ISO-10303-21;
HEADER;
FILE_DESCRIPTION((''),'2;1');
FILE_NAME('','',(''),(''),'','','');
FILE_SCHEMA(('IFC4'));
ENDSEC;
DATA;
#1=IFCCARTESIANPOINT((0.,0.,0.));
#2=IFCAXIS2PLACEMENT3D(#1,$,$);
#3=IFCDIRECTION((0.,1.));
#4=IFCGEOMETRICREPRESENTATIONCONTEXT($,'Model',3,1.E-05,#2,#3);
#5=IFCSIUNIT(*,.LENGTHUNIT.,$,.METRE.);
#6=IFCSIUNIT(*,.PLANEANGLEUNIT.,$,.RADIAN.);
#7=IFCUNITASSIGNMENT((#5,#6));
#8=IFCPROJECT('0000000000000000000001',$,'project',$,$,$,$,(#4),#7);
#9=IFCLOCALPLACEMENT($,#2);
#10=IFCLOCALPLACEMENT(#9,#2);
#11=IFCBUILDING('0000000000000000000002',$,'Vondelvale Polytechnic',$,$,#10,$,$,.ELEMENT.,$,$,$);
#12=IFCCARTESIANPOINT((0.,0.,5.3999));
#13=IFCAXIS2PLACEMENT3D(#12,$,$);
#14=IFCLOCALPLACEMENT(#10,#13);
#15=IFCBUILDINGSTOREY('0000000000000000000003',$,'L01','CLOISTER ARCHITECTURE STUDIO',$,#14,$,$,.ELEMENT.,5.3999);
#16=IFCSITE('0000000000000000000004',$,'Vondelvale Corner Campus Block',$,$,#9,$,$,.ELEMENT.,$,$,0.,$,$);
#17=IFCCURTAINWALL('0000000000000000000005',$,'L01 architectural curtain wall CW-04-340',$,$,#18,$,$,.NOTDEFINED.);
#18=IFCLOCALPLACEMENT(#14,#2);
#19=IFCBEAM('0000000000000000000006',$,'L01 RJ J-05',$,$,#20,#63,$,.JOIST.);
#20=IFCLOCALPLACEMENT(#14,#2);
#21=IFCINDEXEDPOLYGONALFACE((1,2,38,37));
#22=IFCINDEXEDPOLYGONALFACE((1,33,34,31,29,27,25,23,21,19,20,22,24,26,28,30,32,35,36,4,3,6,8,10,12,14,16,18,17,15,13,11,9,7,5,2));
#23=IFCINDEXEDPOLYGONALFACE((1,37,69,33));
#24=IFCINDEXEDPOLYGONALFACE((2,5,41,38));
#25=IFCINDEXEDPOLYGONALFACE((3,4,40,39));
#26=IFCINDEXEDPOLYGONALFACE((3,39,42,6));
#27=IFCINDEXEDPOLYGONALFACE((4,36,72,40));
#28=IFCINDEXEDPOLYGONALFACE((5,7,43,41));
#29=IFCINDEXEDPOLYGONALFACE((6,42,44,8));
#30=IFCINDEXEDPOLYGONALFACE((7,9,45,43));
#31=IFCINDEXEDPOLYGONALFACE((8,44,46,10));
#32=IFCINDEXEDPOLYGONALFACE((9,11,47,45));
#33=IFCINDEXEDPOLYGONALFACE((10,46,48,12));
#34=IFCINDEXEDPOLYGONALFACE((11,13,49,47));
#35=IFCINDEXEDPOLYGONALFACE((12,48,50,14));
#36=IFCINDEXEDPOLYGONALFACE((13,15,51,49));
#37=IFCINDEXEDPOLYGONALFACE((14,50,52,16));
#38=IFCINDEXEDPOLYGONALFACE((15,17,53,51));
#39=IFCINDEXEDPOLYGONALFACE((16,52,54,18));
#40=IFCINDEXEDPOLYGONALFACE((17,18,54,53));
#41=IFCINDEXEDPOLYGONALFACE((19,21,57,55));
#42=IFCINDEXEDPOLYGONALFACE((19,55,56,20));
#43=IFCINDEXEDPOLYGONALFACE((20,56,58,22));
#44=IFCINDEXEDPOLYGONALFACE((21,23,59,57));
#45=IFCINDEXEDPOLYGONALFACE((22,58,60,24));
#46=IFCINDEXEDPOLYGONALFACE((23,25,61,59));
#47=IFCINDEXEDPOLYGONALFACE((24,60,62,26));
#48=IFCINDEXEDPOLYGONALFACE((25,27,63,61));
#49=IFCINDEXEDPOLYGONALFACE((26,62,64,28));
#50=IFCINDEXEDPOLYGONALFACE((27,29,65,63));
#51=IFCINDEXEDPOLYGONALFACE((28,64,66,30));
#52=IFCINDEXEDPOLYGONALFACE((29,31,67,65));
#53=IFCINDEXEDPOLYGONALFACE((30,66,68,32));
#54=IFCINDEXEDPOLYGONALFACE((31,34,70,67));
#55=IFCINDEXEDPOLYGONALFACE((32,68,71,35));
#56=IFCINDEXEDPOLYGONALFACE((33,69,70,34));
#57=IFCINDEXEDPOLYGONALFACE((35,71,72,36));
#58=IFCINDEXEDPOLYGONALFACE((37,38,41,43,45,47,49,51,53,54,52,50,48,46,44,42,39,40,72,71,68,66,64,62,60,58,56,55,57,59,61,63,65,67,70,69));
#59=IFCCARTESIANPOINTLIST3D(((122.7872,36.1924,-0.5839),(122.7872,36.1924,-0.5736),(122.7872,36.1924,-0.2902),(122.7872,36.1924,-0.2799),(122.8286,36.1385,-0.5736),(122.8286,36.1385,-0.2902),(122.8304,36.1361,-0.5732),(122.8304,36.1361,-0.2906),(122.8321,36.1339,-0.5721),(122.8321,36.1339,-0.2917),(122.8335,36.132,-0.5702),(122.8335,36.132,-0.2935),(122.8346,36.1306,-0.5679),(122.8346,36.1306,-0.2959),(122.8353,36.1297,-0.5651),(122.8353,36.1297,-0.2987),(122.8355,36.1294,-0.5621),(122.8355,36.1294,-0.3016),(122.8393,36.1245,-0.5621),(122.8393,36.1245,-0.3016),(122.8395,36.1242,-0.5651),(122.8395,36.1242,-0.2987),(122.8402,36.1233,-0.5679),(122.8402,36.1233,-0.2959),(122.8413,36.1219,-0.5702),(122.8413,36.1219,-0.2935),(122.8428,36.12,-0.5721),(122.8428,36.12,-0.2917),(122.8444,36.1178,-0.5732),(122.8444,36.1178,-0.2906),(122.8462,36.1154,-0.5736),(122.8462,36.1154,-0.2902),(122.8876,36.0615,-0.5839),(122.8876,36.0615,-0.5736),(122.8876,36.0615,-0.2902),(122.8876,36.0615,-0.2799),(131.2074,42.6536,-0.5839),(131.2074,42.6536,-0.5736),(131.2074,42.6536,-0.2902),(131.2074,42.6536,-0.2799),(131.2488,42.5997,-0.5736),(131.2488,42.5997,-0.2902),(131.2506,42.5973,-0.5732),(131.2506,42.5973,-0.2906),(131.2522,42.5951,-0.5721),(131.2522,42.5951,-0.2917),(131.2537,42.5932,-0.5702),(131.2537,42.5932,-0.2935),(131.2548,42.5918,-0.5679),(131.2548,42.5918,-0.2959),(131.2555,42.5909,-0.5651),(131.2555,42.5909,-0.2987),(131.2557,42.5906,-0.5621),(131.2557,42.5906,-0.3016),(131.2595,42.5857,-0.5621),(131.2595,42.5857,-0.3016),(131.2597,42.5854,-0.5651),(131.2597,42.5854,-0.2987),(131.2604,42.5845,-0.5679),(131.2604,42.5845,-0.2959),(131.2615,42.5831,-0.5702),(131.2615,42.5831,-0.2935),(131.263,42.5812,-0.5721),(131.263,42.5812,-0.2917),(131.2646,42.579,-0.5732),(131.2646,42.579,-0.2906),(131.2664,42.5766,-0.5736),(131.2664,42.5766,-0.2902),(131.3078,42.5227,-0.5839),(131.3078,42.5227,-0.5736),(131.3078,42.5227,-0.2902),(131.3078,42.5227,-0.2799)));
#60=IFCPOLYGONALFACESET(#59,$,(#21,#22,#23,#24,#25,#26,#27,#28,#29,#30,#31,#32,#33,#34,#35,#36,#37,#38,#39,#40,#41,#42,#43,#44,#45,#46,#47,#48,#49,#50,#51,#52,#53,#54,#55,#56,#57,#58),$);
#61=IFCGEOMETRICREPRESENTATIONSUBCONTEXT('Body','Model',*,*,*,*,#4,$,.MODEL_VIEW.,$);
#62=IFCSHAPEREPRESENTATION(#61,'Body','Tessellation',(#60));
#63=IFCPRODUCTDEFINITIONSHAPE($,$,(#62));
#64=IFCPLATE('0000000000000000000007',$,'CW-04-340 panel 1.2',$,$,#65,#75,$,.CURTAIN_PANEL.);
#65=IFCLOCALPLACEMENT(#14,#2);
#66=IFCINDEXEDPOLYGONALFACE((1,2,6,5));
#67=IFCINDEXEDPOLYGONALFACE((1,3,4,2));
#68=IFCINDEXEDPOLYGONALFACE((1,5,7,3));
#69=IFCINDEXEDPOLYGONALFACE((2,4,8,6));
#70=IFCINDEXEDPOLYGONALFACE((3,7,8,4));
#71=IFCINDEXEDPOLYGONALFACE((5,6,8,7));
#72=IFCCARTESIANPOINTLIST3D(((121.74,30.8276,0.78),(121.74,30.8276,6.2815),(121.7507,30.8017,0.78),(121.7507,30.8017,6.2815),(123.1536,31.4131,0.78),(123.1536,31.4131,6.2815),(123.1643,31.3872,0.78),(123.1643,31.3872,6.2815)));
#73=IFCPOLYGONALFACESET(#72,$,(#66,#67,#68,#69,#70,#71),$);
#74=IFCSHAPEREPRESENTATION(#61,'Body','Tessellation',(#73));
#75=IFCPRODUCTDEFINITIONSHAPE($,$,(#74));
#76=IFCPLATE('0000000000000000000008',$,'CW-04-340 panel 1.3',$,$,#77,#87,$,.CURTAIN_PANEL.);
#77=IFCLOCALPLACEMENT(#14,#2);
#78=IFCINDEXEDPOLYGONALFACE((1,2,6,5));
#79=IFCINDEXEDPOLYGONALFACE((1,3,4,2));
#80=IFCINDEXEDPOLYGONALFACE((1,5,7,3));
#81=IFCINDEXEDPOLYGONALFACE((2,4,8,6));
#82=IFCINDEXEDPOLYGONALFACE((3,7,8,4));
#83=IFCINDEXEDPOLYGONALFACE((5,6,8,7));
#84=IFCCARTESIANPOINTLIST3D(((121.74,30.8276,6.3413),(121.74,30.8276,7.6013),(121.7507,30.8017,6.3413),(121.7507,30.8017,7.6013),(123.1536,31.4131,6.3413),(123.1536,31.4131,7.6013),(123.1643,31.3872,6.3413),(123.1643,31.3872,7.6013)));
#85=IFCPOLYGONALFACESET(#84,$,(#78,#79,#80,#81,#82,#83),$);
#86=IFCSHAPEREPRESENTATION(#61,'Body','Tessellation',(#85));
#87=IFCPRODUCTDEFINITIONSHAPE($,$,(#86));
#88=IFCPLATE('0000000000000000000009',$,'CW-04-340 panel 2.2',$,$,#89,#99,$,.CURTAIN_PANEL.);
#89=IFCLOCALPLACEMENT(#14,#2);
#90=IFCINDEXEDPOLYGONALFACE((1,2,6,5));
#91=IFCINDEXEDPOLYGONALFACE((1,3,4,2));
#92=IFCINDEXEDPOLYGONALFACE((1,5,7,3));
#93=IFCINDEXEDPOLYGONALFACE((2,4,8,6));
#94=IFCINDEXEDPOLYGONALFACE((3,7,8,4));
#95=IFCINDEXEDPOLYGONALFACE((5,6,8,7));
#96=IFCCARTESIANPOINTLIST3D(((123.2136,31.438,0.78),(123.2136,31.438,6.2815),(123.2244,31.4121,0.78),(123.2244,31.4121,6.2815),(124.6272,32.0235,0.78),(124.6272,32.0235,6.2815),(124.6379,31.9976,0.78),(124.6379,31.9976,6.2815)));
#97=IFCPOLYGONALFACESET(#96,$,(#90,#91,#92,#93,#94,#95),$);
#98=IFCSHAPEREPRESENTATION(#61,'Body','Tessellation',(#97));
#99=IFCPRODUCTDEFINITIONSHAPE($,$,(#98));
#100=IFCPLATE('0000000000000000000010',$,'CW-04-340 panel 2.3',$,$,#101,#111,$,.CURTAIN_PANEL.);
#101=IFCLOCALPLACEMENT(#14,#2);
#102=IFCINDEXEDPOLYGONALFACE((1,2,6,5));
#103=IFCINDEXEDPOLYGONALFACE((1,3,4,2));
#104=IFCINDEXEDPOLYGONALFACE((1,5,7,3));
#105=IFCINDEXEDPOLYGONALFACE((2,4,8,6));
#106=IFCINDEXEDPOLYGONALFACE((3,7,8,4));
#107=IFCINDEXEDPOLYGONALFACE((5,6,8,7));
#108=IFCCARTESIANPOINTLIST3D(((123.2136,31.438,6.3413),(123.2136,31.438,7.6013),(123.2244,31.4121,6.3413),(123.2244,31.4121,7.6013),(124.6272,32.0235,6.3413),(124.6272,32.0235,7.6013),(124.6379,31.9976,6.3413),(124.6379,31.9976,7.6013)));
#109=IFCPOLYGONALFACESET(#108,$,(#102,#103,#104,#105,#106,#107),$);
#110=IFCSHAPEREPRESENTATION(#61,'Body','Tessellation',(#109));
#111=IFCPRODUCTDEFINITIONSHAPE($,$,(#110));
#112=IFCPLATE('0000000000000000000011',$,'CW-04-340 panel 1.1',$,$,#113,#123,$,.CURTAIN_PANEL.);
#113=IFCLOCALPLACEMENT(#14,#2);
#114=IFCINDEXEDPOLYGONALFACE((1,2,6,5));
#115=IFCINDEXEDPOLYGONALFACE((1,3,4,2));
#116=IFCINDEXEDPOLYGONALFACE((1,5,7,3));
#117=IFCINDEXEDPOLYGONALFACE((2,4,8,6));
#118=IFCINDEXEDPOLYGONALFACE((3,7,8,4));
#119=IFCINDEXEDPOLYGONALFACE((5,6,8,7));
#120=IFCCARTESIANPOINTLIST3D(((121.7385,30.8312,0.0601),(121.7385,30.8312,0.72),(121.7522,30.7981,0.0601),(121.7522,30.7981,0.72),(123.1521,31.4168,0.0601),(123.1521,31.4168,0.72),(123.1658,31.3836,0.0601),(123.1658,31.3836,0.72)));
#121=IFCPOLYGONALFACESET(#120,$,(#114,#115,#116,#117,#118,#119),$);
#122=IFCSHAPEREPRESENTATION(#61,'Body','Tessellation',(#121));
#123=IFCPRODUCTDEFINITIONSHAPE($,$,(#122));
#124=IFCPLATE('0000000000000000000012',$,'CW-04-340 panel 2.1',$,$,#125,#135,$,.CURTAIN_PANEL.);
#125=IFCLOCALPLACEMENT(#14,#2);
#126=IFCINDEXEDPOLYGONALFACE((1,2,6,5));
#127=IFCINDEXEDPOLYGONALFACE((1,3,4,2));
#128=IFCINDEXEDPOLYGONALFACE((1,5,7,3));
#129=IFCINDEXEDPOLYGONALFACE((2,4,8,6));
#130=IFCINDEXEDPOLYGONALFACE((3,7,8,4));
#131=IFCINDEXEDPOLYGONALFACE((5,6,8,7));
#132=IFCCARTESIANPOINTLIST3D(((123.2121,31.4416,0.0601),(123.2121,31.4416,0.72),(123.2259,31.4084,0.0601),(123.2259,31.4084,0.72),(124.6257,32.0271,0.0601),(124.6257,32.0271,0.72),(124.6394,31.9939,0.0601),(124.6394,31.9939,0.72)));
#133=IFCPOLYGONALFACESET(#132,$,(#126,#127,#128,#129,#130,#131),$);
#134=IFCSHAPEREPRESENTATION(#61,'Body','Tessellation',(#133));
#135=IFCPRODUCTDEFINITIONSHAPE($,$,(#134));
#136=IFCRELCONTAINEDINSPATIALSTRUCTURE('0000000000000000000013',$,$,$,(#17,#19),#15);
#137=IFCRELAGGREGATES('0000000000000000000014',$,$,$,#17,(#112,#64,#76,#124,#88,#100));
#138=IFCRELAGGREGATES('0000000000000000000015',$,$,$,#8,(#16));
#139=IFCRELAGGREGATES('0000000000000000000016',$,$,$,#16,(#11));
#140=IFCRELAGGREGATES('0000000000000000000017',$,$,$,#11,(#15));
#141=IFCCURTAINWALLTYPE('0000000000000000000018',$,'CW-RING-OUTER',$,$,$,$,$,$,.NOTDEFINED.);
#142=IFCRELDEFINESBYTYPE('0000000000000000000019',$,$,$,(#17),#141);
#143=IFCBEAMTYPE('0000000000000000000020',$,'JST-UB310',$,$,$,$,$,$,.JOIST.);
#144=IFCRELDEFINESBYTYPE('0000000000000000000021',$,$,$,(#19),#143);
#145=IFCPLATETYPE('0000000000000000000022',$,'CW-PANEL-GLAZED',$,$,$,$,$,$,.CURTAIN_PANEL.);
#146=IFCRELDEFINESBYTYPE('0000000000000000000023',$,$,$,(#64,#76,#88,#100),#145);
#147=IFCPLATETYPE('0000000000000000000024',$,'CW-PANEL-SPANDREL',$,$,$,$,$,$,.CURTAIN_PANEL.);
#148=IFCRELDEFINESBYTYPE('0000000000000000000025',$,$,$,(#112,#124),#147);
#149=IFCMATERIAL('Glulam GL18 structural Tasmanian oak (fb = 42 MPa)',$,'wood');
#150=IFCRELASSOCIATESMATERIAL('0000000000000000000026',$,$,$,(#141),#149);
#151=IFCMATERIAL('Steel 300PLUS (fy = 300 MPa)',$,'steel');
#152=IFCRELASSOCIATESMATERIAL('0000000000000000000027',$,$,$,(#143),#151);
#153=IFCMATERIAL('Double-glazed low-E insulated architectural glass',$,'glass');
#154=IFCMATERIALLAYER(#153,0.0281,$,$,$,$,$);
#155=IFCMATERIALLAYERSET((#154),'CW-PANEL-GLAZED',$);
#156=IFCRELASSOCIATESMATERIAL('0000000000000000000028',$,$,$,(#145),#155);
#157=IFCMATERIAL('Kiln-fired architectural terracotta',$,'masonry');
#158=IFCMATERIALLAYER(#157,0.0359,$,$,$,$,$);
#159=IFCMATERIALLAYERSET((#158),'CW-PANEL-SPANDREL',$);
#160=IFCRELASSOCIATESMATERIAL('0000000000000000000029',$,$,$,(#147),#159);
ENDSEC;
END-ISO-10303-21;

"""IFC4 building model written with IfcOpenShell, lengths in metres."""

from ifc_helpers import new_model, si_unit, direction, frame, origin, origin_2d, place, context, subcontext, project, spatial, rectangle, i_section, extrude, material, layer, layer_set, material_profile, profile_set, type_object, element, aggregate, save


model = new_model("IFC4")

# Units and contexts
model_context = context("Model", 3, precision=1e-05, world=origin(), true_north=direction((0.0, 1.0)))
body_context = subcontext(model_context, "Body", "Model", "MODEL_VIEW")
ifc_project = project(units=[si_unit("LENGTHUNIT", "METRE"), si_unit("PLANEANGLEUNIT", "RADIAN")], contexts=[model_context])

# Site, building, storey
site_placement = place(None, origin())
site = spatial("IfcSite", under=ifc_project, at=site_placement, Name="Vondelvale Corner Campus Block", CompositionType="ELEMENT", RefElevation=0.0)
building_placement = place(site_placement, origin())
building = spatial("IfcBuilding", under=site, at=building_placement, Name="Vondelvale Polytechnic", CompositionType="ELEMENT")
storey_placement = place(building_placement, frame((0.0, 0.0, 5.3999)))
storey = spatial("IfcBuildingStorey", under=building, at=storey_placement, Name="L01", Description="CLOISTER ARCHITECTURE STUDIO", CompositionType="ELEMENT", Elevation=5.3999)

# Shared definitions
ifc_material_1 = material(Name="Glulam GL18 structural Tasmanian oak (fb = 42 MPa)", Category="wood")

# Shared definitions
ifc_material_2 = material(Name="Steel 300PLUS (fy = 300 MPa)", Category="steel")

# Curtain wall
curtain_wall_type = type_object("IfcCurtainWallType", Name="CW-RING-OUTER", PredefinedType="NOTDEFINED", material=ifc_material_1)
curtain_wall_1_placement = place(storey_placement, origin())
curtain_wall_1 = element("IfcCurtainWall", 1, at=curtain_wall_1_placement, inside=storey, type_object=curtain_wall_type, Name="L01 architectural curtain wall CW-04-340", PredefinedType="NOTDEFINED")

# Beam
ifc_material_profile_1 = material_profile(ifc_material_2, i_section(OverallWidth=0.165, OverallDepth=0.304, WebThickness=0.0061, FlangeThickness=0.0103, FilletRadius=0.0115, at=origin_2d()), Name="310UB40.4")
ifc_profile_set_1 = profile_set([ifc_material_profile_1], Name="Steel 300PLUS (fy = 300 MPa)")
beam_type_1 = type_object("IfcBeamType", Name="JST-UB310", PredefinedType="JOIST", material=ifc_profile_set_1)
beam_1_placement = place(storey_placement, frame((122.8374, 36.127, -0.4319), z_axis=(0.793346, 0.608771, 0.0), x_axis=(-0.608771, 0.793346, 0.0)))
element("IfcBeam", 2, at=beam_1_placement, inside=storey, type_object=beam_type_1, Name="L01 RJ J-05", PredefinedType="JOIST", context=body_context, shape_type="SweptSolid", body=[
    extrude(i_section(OverallWidth=0.165, OverallDepth=0.304, WebThickness=0.0061, FlangeThickness=0.0103, FilletRadius=0.0115, at=origin_2d()), origin(), (0.0, 0.0, 1.0), 10.6135),
])

# Plates
ifc_material_3 = material(Name="Double-glazed low-E insulated architectural glass", Category="glass")
ifc_layer_1 = layer(ifc_material_3, 0.0281)
ifc_layer_set_1 = layer_set([ifc_layer_1], Name="CW-PANEL-GLAZED")
plate_type_1 = type_object("IfcPlateType", Name="CW-PANEL-GLAZED", PredefinedType="CURTAIN_PANEL", material=ifc_layer_set_1)
plate_1_placement = place(storey_placement, frame((122.4521, 31.1074, 0.78), z_axis=(0.0, 0.0, 1.0), x_axis=(0.923882, 0.382677, 0.0)))
plate_1 = element("IfcPlate", 3, at=plate_1_placement, type_object=plate_type_1, Name="CW-04-340 panel 1.2", PredefinedType="CURTAIN_PANEL", context=body_context, shape_type="SweptSolid", body=[
    extrude(rectangle(XDim=1.53, YDim=0.0281, at=origin_2d()), origin(), (0.0, 0.0, 1.0), 5.5015),
])
plate_2_placement = place(storey_placement, frame((122.4521, 31.1074, 6.3413), z_axis=(0.0, 0.0, 1.0), x_axis=(0.923882, 0.382677, 0.0)))
plate_2 = element("IfcPlate", 4, at=plate_2_placement, type_object=plate_type_1, Name="CW-04-340 panel 1.3", PredefinedType="CURTAIN_PANEL", context=body_context, shape_type="SweptSolid", body=[
    extrude(rectangle(XDim=1.53, YDim=0.0281, at=origin_2d()), origin(), (0.0, 0.0, 1.0), 1.26),
])
plate_3_placement = place(storey_placement, frame((123.9258, 31.7178, 0.78), z_axis=(0.0, 0.0, 1.0), x_axis=(0.923882, 0.382677, 0.0)))
plate_3 = element("IfcPlate", 5, at=plate_3_placement, type_object=plate_type_1, Name="CW-04-340 panel 2.2", PredefinedType="CURTAIN_PANEL", context=body_context, shape_type="SweptSolid", body=[
    extrude(rectangle(XDim=1.53, YDim=0.0281, at=origin_2d()), origin(), (0.0, 0.0, 1.0), 5.5015),
])
plate_4_placement = place(storey_placement, frame((123.9258, 31.7178, 6.3413), z_axis=(0.0, 0.0, 1.0), x_axis=(0.923882, 0.382677, 0.0)))
plate_4 = element("IfcPlate", 6, at=plate_4_placement, type_object=plate_type_1, Name="CW-04-340 panel 2.3", PredefinedType="CURTAIN_PANEL", context=body_context, shape_type="SweptSolid", body=[
    extrude(rectangle(XDim=1.53, YDim=0.0281, at=origin_2d()), origin(), (0.0, 0.0, 1.0), 1.26),
])
ifc_material_4 = material(Name="Kiln-fired architectural terracotta", Category="masonry")
ifc_layer_2 = layer(ifc_material_4, 0.0359)
ifc_layer_set_2 = layer_set([ifc_layer_2], Name="CW-PANEL-SPANDREL")
plate_type_2 = type_object("IfcPlateType", Name="CW-PANEL-SPANDREL", PredefinedType="CURTAIN_PANEL", material=ifc_layer_set_2)
plate_5_placement = place(storey_placement, frame((122.4521, 31.1074, 0.0601), z_axis=(0.0, 0.0, 1.0), x_axis=(0.923882, 0.382677, 0.0)))
plate_5 = element("IfcPlate", 7, at=plate_5_placement, type_object=plate_type_2, Name="CW-04-340 panel 1.1", PredefinedType="CURTAIN_PANEL", context=body_context, shape_type="SweptSolid", body=[
    extrude(rectangle(XDim=1.53, YDim=0.0359, at=origin_2d()), origin(), (0.0, 0.0, 1.0), 0.6599),
])
plate_6_placement = place(storey_placement, frame((123.9258, 31.7178, 0.0601), z_axis=(0.0, 0.0, 1.0), x_axis=(0.923882, 0.382677, 0.0)))
plate_6 = element("IfcPlate", 8, at=plate_6_placement, type_object=plate_type_2, Name="CW-04-340 panel 2.1", PredefinedType="CURTAIN_PANEL", context=body_context, shape_type="SweptSolid", body=[
    extrude(rectangle(XDim=1.53, YDim=0.0359, at=origin_2d()), origin(), (0.0, 0.0, 1.0), 0.6599),
])
aggregate(curtain_wall_1, [plate_5, plate_1, plate_2, plate_6, plate_3, plate_4])

save(model, "model.ifc")
